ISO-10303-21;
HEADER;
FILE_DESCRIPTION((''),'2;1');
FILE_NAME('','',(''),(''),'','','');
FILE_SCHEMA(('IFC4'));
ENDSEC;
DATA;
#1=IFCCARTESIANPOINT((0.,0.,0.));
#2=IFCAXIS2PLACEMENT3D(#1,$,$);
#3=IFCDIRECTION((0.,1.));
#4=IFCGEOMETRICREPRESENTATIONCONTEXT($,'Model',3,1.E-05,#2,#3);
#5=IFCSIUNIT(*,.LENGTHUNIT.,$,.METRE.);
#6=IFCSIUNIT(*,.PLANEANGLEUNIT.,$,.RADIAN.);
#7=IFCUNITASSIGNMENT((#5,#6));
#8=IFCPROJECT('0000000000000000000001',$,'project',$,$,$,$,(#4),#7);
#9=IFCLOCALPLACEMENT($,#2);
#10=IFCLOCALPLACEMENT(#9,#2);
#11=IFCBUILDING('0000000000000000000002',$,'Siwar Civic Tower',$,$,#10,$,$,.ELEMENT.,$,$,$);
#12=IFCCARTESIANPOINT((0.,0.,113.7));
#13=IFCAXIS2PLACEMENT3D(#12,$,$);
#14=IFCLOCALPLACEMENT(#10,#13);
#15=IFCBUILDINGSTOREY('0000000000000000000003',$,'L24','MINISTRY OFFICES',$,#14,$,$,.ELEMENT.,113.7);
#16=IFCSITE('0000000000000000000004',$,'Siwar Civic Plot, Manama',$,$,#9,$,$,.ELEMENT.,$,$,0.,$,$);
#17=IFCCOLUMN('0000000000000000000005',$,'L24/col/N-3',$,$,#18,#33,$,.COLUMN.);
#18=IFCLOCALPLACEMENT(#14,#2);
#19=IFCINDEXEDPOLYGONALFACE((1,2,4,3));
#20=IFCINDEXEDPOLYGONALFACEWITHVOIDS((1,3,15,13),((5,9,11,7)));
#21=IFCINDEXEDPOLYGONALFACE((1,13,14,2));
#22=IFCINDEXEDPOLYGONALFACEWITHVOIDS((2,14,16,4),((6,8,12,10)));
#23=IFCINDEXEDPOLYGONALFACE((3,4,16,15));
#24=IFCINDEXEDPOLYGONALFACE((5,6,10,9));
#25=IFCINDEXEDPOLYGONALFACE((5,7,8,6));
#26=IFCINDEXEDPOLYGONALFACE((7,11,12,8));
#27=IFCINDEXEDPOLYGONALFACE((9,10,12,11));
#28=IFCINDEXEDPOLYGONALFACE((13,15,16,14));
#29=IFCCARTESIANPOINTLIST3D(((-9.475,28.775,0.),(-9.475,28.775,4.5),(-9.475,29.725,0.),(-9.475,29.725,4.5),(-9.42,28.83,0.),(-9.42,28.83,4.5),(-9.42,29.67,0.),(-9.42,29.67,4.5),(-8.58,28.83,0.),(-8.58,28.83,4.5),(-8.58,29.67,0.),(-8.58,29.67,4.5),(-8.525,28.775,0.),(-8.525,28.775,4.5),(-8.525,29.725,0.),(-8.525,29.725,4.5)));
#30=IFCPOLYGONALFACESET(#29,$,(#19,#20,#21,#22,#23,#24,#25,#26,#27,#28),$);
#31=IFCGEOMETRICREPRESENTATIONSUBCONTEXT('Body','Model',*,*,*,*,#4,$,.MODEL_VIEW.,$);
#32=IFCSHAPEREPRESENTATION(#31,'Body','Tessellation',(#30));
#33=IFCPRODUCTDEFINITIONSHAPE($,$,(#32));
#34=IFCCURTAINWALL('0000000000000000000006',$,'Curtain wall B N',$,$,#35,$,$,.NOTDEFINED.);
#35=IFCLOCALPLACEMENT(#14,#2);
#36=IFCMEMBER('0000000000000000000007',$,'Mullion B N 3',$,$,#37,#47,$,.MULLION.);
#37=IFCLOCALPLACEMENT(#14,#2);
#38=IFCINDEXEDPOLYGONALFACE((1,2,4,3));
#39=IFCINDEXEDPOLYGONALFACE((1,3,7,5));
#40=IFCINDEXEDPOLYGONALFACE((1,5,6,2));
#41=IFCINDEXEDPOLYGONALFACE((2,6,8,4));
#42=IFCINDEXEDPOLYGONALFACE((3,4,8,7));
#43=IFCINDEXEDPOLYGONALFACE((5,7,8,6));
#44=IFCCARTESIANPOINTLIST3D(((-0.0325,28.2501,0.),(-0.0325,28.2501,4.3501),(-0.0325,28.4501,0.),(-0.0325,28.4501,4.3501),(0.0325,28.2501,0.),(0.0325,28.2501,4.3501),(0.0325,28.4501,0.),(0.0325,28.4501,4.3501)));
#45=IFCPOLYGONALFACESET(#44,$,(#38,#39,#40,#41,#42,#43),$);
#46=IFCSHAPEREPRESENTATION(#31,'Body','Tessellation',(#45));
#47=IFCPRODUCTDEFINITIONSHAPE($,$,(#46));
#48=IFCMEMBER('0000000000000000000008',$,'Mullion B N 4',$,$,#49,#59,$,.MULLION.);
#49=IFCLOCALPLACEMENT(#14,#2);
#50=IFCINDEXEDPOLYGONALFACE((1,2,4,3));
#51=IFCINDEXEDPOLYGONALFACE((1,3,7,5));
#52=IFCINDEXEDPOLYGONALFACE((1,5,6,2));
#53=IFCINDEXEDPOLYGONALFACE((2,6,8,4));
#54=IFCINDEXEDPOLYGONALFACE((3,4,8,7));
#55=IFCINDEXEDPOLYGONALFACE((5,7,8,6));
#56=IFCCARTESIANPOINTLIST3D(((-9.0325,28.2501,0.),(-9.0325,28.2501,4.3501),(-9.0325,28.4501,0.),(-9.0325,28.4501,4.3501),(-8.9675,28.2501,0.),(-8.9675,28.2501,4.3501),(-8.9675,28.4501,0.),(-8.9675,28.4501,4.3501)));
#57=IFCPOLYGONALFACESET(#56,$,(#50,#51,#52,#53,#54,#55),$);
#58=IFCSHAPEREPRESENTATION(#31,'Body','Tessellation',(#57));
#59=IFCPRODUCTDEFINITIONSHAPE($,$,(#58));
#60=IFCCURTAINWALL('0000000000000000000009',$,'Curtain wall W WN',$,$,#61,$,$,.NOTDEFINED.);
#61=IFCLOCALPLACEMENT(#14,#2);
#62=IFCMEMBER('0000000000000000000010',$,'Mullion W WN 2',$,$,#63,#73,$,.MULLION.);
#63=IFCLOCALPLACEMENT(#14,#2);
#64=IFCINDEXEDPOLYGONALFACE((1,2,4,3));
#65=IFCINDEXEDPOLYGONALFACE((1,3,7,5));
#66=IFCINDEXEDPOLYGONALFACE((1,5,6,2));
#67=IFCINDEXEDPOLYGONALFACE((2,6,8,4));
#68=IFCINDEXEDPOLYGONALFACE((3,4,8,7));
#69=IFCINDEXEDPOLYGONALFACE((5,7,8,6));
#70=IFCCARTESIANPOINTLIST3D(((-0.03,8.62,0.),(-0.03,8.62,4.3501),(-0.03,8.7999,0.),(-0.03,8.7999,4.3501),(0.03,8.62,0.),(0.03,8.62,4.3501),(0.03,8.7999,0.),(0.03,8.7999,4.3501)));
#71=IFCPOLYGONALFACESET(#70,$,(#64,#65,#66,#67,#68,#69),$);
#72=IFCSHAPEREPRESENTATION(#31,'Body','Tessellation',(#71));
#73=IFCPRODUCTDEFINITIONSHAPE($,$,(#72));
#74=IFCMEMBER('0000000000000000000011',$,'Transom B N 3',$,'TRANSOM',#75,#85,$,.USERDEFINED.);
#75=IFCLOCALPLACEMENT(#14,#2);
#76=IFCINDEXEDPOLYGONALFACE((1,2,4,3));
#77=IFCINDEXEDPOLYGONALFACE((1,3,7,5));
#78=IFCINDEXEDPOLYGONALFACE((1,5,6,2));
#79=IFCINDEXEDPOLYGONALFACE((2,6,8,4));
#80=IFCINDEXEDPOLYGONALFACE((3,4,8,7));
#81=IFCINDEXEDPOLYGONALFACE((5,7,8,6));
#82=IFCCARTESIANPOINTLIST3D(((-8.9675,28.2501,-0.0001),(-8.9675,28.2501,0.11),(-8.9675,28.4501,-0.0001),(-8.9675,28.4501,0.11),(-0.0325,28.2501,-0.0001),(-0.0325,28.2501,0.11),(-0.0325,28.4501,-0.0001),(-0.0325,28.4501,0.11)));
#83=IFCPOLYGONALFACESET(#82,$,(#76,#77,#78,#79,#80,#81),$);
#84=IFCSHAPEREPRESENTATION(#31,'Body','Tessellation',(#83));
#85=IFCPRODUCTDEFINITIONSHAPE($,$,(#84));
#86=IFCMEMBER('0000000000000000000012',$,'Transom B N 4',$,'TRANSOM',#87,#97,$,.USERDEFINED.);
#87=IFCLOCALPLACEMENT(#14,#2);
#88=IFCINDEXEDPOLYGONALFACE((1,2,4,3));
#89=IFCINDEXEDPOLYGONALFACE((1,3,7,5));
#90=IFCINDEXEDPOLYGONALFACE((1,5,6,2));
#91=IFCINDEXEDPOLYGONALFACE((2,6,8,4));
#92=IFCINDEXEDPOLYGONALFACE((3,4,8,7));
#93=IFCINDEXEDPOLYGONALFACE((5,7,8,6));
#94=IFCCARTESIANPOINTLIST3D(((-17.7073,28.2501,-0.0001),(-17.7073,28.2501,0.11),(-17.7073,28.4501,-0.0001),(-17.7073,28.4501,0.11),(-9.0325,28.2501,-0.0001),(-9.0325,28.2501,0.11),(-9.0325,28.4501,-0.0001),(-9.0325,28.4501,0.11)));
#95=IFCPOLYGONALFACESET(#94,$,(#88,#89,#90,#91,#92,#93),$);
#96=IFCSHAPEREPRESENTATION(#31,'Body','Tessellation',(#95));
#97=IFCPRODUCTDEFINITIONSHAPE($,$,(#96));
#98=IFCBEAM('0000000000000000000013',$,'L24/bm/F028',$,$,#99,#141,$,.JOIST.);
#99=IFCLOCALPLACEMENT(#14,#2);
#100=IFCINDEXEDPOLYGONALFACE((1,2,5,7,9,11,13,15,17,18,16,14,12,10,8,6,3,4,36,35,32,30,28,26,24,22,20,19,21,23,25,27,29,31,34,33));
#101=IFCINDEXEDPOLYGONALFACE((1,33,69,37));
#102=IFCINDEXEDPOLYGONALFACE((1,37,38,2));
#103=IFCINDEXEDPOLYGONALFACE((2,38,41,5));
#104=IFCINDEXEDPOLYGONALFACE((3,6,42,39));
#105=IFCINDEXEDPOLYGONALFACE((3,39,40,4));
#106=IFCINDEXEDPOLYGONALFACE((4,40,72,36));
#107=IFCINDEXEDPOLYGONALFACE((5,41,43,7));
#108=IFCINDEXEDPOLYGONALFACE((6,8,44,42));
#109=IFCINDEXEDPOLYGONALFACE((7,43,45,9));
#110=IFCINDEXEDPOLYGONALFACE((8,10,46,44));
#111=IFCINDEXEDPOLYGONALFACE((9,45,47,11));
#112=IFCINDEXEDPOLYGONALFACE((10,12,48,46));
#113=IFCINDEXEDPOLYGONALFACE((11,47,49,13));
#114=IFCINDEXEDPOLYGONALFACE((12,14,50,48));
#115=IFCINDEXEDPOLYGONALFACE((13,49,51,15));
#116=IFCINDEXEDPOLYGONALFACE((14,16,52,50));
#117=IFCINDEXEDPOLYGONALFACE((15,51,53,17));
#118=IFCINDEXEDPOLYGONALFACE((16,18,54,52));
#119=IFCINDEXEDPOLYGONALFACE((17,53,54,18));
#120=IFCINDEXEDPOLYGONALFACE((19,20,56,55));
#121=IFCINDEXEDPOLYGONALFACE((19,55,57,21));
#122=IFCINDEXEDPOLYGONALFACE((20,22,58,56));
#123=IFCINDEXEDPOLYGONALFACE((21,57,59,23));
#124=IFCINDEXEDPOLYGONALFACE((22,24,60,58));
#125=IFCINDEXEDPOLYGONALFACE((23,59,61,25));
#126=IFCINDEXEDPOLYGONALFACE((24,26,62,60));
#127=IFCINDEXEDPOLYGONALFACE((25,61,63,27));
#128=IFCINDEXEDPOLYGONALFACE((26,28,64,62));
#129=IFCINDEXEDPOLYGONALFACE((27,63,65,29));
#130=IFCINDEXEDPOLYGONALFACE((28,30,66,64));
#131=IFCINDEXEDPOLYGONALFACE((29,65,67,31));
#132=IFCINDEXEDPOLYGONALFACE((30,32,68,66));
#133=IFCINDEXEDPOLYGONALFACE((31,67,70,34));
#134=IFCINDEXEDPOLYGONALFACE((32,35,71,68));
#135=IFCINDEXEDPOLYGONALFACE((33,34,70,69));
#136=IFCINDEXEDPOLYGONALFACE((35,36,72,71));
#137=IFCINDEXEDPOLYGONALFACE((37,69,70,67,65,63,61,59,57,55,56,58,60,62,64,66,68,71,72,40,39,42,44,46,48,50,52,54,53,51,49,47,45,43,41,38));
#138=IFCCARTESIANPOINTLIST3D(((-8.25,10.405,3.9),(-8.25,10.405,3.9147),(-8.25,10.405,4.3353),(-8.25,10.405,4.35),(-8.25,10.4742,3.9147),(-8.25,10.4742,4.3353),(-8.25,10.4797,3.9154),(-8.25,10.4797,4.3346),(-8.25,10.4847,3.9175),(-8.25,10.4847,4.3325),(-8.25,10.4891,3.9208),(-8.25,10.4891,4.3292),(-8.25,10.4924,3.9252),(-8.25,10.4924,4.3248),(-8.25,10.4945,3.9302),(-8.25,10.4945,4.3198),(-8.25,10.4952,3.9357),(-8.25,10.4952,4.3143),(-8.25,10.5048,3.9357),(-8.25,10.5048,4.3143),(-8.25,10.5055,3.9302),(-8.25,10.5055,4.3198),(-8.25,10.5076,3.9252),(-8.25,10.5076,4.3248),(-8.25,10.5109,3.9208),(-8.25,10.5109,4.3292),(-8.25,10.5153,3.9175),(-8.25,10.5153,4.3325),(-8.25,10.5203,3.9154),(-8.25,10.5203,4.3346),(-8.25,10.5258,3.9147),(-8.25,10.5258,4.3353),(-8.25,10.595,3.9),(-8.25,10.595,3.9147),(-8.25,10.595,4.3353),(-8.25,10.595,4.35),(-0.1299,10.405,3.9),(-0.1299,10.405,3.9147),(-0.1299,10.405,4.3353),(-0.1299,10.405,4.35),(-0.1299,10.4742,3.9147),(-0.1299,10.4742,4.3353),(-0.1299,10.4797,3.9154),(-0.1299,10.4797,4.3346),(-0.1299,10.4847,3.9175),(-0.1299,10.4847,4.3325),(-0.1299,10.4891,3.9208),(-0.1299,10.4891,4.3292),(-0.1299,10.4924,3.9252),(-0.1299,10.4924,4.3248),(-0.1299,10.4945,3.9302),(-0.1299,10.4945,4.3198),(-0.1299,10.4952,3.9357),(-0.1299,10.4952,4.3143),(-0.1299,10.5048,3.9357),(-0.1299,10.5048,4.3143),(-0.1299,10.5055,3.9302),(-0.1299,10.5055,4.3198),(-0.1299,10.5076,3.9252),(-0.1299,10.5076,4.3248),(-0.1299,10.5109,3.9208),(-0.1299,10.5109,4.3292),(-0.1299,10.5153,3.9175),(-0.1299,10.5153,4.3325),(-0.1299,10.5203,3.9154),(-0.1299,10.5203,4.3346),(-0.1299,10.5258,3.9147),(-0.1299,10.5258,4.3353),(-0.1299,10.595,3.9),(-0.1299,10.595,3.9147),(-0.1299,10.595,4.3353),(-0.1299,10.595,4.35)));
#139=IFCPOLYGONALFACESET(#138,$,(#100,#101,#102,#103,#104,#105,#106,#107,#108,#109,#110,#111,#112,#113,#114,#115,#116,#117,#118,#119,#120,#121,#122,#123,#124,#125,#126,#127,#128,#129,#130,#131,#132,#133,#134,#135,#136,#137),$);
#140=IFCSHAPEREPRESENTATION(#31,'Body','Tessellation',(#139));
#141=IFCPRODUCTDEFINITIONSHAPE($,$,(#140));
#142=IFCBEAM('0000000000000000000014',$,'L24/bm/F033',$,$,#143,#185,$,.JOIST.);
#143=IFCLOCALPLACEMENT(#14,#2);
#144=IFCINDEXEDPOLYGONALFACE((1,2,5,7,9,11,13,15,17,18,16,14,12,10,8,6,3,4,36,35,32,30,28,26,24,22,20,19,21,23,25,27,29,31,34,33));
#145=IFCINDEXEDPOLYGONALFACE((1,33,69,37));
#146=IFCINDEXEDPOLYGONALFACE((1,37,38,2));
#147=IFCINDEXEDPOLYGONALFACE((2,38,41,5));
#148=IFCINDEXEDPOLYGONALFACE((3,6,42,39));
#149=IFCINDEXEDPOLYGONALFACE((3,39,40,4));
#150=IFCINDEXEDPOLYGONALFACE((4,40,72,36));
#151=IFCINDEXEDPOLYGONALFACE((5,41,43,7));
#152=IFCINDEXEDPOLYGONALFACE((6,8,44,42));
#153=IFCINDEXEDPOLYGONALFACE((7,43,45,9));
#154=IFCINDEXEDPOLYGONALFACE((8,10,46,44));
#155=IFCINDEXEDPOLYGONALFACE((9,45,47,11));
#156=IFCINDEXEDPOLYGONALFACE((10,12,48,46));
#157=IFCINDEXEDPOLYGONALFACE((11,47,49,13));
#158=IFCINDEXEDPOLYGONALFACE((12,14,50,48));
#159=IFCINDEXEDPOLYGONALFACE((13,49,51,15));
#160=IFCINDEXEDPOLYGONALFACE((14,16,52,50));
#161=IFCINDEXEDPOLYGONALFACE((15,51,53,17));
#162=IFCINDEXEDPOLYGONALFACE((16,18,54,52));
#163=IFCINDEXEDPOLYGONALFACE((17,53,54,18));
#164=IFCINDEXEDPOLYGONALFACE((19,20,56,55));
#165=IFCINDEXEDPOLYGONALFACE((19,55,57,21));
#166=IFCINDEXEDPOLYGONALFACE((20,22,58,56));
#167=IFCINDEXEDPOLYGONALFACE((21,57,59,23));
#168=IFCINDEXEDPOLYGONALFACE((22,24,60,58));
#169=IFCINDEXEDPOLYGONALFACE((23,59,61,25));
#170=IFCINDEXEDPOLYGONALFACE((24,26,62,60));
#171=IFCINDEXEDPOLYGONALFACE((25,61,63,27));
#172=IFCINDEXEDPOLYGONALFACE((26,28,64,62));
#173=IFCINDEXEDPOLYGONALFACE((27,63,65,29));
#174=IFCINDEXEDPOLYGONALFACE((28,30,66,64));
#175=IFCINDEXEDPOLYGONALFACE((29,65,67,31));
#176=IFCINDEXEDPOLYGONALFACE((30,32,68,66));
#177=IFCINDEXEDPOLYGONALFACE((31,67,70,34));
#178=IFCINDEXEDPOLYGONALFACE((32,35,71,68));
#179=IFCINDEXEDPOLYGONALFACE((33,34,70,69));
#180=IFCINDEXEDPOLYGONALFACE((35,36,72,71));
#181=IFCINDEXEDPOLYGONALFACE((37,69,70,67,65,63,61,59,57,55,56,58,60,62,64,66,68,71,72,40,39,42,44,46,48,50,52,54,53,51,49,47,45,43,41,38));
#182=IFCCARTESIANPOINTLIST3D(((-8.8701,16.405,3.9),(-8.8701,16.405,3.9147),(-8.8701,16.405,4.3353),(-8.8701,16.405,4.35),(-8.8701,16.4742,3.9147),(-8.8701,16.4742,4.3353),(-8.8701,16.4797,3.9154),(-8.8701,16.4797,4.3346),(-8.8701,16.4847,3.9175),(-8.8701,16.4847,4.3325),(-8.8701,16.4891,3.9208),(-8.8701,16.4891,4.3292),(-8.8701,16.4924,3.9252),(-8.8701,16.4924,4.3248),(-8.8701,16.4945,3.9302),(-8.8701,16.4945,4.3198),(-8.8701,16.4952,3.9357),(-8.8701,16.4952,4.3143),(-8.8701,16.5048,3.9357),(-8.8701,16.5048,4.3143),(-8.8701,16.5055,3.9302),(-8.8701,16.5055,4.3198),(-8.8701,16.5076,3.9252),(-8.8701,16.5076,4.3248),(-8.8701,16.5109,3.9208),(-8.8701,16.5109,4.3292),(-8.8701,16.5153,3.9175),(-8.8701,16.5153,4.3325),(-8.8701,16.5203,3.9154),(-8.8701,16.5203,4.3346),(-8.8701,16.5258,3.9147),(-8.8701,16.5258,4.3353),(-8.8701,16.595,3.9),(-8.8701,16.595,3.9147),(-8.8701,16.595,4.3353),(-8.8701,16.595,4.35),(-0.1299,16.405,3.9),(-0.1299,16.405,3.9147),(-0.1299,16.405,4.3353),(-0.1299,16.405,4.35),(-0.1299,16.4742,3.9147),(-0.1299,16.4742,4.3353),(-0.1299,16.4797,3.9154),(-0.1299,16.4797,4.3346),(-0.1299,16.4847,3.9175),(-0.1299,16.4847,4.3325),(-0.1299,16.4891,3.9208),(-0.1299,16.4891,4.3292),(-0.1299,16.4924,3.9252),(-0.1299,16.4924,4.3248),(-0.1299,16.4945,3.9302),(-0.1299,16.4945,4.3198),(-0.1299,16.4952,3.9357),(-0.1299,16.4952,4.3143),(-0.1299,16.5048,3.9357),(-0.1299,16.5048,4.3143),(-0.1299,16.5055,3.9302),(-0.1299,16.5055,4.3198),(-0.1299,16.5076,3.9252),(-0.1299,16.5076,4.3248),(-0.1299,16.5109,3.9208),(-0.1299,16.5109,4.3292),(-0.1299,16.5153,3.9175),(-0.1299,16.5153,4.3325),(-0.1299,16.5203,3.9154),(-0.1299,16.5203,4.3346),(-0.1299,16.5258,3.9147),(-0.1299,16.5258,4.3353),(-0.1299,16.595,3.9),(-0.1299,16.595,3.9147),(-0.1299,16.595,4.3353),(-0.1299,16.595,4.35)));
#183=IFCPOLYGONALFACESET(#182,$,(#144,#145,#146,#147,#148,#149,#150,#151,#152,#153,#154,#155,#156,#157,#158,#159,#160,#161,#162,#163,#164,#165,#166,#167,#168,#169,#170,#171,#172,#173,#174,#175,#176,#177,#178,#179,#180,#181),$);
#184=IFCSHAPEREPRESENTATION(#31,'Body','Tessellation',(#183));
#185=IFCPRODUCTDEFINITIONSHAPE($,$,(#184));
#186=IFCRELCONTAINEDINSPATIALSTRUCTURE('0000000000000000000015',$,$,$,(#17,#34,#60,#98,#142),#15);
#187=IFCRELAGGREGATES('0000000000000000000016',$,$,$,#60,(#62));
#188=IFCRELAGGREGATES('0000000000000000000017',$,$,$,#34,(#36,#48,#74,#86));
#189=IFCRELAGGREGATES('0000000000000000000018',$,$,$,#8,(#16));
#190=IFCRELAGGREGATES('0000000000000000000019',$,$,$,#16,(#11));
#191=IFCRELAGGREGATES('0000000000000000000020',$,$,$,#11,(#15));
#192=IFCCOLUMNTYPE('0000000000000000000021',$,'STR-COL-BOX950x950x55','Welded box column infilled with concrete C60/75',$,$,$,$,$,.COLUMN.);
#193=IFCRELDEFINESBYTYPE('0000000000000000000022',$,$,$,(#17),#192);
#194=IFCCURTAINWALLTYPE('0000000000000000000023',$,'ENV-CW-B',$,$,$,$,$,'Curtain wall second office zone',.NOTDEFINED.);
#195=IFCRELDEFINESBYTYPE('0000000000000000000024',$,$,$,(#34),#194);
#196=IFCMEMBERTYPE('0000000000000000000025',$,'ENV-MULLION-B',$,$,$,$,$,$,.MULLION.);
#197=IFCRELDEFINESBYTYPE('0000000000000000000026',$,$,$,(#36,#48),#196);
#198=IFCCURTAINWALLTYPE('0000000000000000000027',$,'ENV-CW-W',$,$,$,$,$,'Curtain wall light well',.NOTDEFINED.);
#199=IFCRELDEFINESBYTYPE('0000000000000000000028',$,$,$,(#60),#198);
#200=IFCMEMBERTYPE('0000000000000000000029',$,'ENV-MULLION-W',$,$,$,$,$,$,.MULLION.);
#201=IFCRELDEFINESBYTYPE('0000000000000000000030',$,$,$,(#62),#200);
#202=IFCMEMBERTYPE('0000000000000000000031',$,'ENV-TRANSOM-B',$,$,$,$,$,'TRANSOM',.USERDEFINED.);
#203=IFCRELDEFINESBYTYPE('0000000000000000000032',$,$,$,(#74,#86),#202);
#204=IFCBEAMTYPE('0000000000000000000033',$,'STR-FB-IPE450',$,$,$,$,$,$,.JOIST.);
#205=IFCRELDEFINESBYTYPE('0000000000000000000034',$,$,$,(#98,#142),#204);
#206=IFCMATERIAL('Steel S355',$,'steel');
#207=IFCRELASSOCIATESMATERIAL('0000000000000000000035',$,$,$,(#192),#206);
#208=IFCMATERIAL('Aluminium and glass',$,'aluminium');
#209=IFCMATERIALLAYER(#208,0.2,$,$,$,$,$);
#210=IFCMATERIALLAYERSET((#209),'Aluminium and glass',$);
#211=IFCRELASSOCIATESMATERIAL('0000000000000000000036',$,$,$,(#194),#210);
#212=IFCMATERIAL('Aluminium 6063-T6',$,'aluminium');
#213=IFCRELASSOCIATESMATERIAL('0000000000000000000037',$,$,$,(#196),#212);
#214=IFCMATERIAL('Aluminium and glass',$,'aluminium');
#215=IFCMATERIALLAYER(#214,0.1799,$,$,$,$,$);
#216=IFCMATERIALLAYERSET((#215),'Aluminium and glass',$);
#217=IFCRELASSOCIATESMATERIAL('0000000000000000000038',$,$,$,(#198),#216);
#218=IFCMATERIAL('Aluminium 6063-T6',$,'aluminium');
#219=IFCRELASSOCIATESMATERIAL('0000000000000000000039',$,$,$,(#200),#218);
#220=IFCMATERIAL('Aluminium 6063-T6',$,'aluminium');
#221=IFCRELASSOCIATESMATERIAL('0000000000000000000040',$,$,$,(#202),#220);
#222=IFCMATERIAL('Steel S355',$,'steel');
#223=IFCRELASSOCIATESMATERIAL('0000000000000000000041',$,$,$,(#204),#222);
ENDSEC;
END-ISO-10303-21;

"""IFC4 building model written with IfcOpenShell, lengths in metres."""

from ifc_helpers import new_model, si_unit, direction, frame, origin, origin_2d, place, context, subcontext, project, spatial, rectangle, hollow_rectangle, i_section, extrude, material, layer, layer_set, material_profile, profile_set, type_object, element, aggregate, save


model = new_model("IFC4")

# Units and contexts
model_context = context("Model", 3, precision=1e-05, world=origin(), true_north=direction((0.0, 1.0)))
body_context = subcontext(model_context, "Body", "Model", "MODEL_VIEW")
ifc_project = project(units=[si_unit("LENGTHUNIT", "METRE"), si_unit("PLANEANGLEUNIT", "RADIAN")], contexts=[model_context])

# Site, building, storey
site_placement = place(None, origin())
site = spatial("IfcSite", under=ifc_project, at=site_placement, Name="Siwar Civic Plot, Manama", CompositionType="ELEMENT", RefElevation=0.0)
building_placement = place(site_placement, origin())
building = spatial("IfcBuilding", under=site, at=building_placement, Name="Siwar Civic Tower", CompositionType="ELEMENT")
storey_placement = place(building_placement, frame((0.0, 0.0, 113.7)))
storey = spatial("IfcBuildingStorey", under=building, at=storey_placement, Name="L24", Description="MINISTRY OFFICES", CompositionType="ELEMENT", Elevation=113.7)

# Column
ifc_material_1 = material(Name="Steel S355", Category="steel")
ifc_material_profile_1 = material_profile(ifc_material_1, hollow_rectangle(XDim=0.95, YDim=0.95, WallThickness=0.0549, at=origin_2d()), Name="BOX950x950x55")
ifc_profile_set_1 = profile_set([ifc_material_profile_1], Name="Steel S355")
column_type = type_object("IfcColumnType", Name="STR-COL-BOX950x950x55", Description="Welded box column infilled with concrete C60/75", PredefinedType="COLUMN", material=ifc_profile_set_1)
column_placement = place(storey_placement, frame((-9.0, 29.25, 0.0), z_axis=(0.0, 0.0, 1.0), x_axis=(1.0, 0.0, 0.0)))
element("IfcColumn", 1, at=column_placement, inside=storey, type_object=column_type, Name="L24/col/N-3", PredefinedType="COLUMN", context=body_context, shape_type="SweptSolid", body=[
    extrude(hollow_rectangle(XDim=0.95, YDim=0.95, WallThickness=0.0549, at=origin_2d()), origin(), (0.0, 0.0, 1.0), 4.5),
])

# Curtain wall, members
ifc_material_2 = material(Name="Aluminium and glass", Category="aluminium")
ifc_layer_1 = layer(ifc_material_2, 0.2)
ifc_layer_set_1 = layer_set([ifc_layer_1], Name="Aluminium and glass")
curtain_wall_type_1 = type_object("IfcCurtainWallType", Name="ENV-CW-B", ElementType="Curtain wall second office zone", PredefinedType="NOTDEFINED", material=ifc_layer_set_1)
curtain_wall_1_placement = place(storey_placement, origin())
curtain_wall_1 = element("IfcCurtainWall", 2, at=curtain_wall_1_placement, inside=storey, type_object=curtain_wall_type_1, Name="Curtain wall B N", PredefinedType="NOTDEFINED")
ifc_material_3 = material(Name="Aluminium 6063-T6", Category="aluminium")
ifc_material_profile_2 = material_profile(ifc_material_3, rectangle(XDim=0.2, YDim=0.0649, at=origin_2d()), Name="AL 200x65")
ifc_profile_set_2 = profile_set([ifc_material_profile_2], Name="Aluminium 6063-T6")
member_type_1 = type_object("IfcMemberType", Name="ENV-MULLION-B", PredefinedType="MULLION", material=ifc_profile_set_2)
member_1_placement = place(storey_placement, frame((0.0, 28.3501, 0.0), z_axis=(0.0, 0.0, 1.0), x_axis=(0.0, -1.0, 0.0)))
member_1 = element("IfcMember", 3, at=member_1_placement, type_object=member_type_1, Name="Mullion B N 3", PredefinedType="MULLION", context=body_context, shape_type="SweptSolid", body=[
    extrude(rectangle(XDim=0.2, YDim=0.0649, at=origin_2d()), origin(), (0.0, 0.0, 1.0), 4.3501),
])
member_2_placement = place(storey_placement, frame((-9.0, 28.3501, 0.0), z_axis=(0.0, 0.0, 1.0), x_axis=(0.0, -1.0, 0.0)))
member_2 = element("IfcMember", 4, at=member_2_placement, type_object=member_type_1, Name="Mullion B N 4", PredefinedType="MULLION", context=body_context, shape_type="SweptSolid", body=[
    extrude(rectangle(XDim=0.2, YDim=0.0649, at=origin_2d()), origin(), (0.0, 0.0, 1.0), 4.3501),
])

# Curtain wall, member
ifc_material_4 = material(Name="Aluminium and glass", Category="aluminium")
ifc_layer_2 = layer(ifc_material_4, 0.1799)
ifc_layer_set_2 = layer_set([ifc_layer_2], Name="Aluminium and glass")
curtain_wall_type_2 = type_object("IfcCurtainWallType", Name="ENV-CW-W", ElementType="Curtain wall light well", PredefinedType="NOTDEFINED", material=ifc_layer_set_2)
curtain_wall_2_placement = place(storey_placement, origin())
curtain_wall_2 = element("IfcCurtainWall", 5, at=curtain_wall_2_placement, inside=storey, type_object=curtain_wall_type_2, Name="Curtain wall W WN", PredefinedType="NOTDEFINED")
ifc_material_5 = material(Name="Aluminium 6063-T6", Category="aluminium")
ifc_material_profile_3 = material_profile(ifc_material_5, rectangle(XDim=0.1799, YDim=0.0601, at=origin_2d()), Name="AL 180x60")
ifc_profile_set_3 = profile_set([ifc_material_profile_3], Name="Aluminium 6063-T6")
member_type_2 = type_object("IfcMemberType", Name="ENV-MULLION-W", PredefinedType="MULLION", material=ifc_profile_set_3)
member_3_placement = place(storey_placement, frame((0.0, 8.71, 0.0), z_axis=(0.0, 0.0, 1.0), x_axis=(0.0, -1.0, 0.0)))
member_3 = element("IfcMember", 6, at=member_3_placement, type_object=member_type_2, Name="Mullion W WN 2", PredefinedType="MULLION", context=body_context, shape_type="SweptSolid", body=[
    extrude(rectangle(XDim=0.1799, YDim=0.0601, at=origin_2d()), origin(), (0.0, 0.0, 1.0), 4.3501),
])
aggregate(curtain_wall_2, [member_3])

# Members
ifc_material_6 = material(Name="Aluminium 6063-T6", Category="aluminium")
ifc_material_profile_4 = material_profile(ifc_material_6, rectangle(XDim=0.2, YDim=0.1101, at=origin_2d()), Name="AL 200x110")
ifc_profile_set_4 = profile_set([ifc_material_profile_4], Name="Aluminium 6063-T6")
member_type_3 = type_object("IfcMemberType", Name="ENV-TRANSOM-B", ElementType="TRANSOM", PredefinedType="USERDEFINED", material=ifc_profile_set_4)
member_4_placement = place(storey_placement, frame((-0.0325, 28.3501, 0.0549), z_axis=(-1.0, 0.0, 0.0), x_axis=(0.0, -1.0, 0.0)))
member_4 = element("IfcMember", 7, at=member_4_placement, type_object=member_type_3, Name="Transom B N 3", ObjectType="TRANSOM", PredefinedType="USERDEFINED", context=body_context, shape_type="SweptSolid", body=[
    extrude(rectangle(XDim=0.2, YDim=0.1101, at=origin_2d()), origin(), (0.0, 0.0, 1.0), 8.9351),
])
member_5_placement = place(storey_placement, frame((-9.0325, 28.3501, 0.0549), z_axis=(-1.0, 0.0, 0.0), x_axis=(0.0, -1.0, 0.0)))
member_5 = element("IfcMember", 8, at=member_5_placement, type_object=member_type_3, Name="Transom B N 4", ObjectType="TRANSOM", PredefinedType="USERDEFINED", context=body_context, shape_type="SweptSolid", body=[
    extrude(rectangle(XDim=0.2, YDim=0.1101, at=origin_2d()), origin(), (0.0, 0.0, 1.0), 8.6748),
])

# Beams
ifc_material_7 = material(Name="Steel S355", Category="steel")
ifc_material_profile_5 = material_profile(ifc_material_7, i_section(OverallWidth=0.1899, OverallDepth=0.45, WebThickness=0.0095, FlangeThickness=0.0146, FilletRadius=0.021, at=origin_2d()), Name="IPE450")
ifc_profile_set_5 = profile_set([ifc_material_profile_5], Name="Steel S355")
beam_type_1 = type_object("IfcBeamType", Name="STR-FB-IPE450", PredefinedType="JOIST", material=ifc_profile_set_5)
beam_1_placement = place(storey_placement, frame((-8.25, 10.5, 4.125), z_axis=(1.0, 0.0, 0.0), x_axis=(0.0, 1.0, 0.0)))
element("IfcBeam", 9, at=beam_1_placement, inside=storey, type_object=beam_type_1, Name="L24/bm/F028", PredefinedType="JOIST", context=body_context, shape_type="SweptSolid", body=[
    extrude(i_section(OverallWidth=0.1899, OverallDepth=0.45, WebThickness=0.0095, FlangeThickness=0.0146, FilletRadius=0.021, at=origin_2d()), origin(), (0.0, 0.0, 1.0), 8.1201),
])
for number, where, z_axis, x_axis, name in (
    (10, (-8.8701, 16.5, 4.125), (1.0, 0.0, 0.0), (0.0, 1.0, 0.0), "L24/bm/F033"),
):
    element("IfcBeam", number, at=place(storey_placement, frame(where, z_axis=z_axis, x_axis=x_axis)), inside=storey, type_object=beam_type_1, Name=name, PredefinedType="JOIST", context=body_context, shape_type="SweptSolid", body=[
        extrude(i_section(OverallWidth=0.1899, OverallDepth=0.45, WebThickness=0.0095, FlangeThickness=0.0146, FilletRadius=0.021, at=origin_2d()), origin(), (0.0, 0.0, 1.0), 8.7402),
    ])

aggregate(curtain_wall_1, [member_1, member_2, member_4, member_5])

save(model, "model.ifc")
